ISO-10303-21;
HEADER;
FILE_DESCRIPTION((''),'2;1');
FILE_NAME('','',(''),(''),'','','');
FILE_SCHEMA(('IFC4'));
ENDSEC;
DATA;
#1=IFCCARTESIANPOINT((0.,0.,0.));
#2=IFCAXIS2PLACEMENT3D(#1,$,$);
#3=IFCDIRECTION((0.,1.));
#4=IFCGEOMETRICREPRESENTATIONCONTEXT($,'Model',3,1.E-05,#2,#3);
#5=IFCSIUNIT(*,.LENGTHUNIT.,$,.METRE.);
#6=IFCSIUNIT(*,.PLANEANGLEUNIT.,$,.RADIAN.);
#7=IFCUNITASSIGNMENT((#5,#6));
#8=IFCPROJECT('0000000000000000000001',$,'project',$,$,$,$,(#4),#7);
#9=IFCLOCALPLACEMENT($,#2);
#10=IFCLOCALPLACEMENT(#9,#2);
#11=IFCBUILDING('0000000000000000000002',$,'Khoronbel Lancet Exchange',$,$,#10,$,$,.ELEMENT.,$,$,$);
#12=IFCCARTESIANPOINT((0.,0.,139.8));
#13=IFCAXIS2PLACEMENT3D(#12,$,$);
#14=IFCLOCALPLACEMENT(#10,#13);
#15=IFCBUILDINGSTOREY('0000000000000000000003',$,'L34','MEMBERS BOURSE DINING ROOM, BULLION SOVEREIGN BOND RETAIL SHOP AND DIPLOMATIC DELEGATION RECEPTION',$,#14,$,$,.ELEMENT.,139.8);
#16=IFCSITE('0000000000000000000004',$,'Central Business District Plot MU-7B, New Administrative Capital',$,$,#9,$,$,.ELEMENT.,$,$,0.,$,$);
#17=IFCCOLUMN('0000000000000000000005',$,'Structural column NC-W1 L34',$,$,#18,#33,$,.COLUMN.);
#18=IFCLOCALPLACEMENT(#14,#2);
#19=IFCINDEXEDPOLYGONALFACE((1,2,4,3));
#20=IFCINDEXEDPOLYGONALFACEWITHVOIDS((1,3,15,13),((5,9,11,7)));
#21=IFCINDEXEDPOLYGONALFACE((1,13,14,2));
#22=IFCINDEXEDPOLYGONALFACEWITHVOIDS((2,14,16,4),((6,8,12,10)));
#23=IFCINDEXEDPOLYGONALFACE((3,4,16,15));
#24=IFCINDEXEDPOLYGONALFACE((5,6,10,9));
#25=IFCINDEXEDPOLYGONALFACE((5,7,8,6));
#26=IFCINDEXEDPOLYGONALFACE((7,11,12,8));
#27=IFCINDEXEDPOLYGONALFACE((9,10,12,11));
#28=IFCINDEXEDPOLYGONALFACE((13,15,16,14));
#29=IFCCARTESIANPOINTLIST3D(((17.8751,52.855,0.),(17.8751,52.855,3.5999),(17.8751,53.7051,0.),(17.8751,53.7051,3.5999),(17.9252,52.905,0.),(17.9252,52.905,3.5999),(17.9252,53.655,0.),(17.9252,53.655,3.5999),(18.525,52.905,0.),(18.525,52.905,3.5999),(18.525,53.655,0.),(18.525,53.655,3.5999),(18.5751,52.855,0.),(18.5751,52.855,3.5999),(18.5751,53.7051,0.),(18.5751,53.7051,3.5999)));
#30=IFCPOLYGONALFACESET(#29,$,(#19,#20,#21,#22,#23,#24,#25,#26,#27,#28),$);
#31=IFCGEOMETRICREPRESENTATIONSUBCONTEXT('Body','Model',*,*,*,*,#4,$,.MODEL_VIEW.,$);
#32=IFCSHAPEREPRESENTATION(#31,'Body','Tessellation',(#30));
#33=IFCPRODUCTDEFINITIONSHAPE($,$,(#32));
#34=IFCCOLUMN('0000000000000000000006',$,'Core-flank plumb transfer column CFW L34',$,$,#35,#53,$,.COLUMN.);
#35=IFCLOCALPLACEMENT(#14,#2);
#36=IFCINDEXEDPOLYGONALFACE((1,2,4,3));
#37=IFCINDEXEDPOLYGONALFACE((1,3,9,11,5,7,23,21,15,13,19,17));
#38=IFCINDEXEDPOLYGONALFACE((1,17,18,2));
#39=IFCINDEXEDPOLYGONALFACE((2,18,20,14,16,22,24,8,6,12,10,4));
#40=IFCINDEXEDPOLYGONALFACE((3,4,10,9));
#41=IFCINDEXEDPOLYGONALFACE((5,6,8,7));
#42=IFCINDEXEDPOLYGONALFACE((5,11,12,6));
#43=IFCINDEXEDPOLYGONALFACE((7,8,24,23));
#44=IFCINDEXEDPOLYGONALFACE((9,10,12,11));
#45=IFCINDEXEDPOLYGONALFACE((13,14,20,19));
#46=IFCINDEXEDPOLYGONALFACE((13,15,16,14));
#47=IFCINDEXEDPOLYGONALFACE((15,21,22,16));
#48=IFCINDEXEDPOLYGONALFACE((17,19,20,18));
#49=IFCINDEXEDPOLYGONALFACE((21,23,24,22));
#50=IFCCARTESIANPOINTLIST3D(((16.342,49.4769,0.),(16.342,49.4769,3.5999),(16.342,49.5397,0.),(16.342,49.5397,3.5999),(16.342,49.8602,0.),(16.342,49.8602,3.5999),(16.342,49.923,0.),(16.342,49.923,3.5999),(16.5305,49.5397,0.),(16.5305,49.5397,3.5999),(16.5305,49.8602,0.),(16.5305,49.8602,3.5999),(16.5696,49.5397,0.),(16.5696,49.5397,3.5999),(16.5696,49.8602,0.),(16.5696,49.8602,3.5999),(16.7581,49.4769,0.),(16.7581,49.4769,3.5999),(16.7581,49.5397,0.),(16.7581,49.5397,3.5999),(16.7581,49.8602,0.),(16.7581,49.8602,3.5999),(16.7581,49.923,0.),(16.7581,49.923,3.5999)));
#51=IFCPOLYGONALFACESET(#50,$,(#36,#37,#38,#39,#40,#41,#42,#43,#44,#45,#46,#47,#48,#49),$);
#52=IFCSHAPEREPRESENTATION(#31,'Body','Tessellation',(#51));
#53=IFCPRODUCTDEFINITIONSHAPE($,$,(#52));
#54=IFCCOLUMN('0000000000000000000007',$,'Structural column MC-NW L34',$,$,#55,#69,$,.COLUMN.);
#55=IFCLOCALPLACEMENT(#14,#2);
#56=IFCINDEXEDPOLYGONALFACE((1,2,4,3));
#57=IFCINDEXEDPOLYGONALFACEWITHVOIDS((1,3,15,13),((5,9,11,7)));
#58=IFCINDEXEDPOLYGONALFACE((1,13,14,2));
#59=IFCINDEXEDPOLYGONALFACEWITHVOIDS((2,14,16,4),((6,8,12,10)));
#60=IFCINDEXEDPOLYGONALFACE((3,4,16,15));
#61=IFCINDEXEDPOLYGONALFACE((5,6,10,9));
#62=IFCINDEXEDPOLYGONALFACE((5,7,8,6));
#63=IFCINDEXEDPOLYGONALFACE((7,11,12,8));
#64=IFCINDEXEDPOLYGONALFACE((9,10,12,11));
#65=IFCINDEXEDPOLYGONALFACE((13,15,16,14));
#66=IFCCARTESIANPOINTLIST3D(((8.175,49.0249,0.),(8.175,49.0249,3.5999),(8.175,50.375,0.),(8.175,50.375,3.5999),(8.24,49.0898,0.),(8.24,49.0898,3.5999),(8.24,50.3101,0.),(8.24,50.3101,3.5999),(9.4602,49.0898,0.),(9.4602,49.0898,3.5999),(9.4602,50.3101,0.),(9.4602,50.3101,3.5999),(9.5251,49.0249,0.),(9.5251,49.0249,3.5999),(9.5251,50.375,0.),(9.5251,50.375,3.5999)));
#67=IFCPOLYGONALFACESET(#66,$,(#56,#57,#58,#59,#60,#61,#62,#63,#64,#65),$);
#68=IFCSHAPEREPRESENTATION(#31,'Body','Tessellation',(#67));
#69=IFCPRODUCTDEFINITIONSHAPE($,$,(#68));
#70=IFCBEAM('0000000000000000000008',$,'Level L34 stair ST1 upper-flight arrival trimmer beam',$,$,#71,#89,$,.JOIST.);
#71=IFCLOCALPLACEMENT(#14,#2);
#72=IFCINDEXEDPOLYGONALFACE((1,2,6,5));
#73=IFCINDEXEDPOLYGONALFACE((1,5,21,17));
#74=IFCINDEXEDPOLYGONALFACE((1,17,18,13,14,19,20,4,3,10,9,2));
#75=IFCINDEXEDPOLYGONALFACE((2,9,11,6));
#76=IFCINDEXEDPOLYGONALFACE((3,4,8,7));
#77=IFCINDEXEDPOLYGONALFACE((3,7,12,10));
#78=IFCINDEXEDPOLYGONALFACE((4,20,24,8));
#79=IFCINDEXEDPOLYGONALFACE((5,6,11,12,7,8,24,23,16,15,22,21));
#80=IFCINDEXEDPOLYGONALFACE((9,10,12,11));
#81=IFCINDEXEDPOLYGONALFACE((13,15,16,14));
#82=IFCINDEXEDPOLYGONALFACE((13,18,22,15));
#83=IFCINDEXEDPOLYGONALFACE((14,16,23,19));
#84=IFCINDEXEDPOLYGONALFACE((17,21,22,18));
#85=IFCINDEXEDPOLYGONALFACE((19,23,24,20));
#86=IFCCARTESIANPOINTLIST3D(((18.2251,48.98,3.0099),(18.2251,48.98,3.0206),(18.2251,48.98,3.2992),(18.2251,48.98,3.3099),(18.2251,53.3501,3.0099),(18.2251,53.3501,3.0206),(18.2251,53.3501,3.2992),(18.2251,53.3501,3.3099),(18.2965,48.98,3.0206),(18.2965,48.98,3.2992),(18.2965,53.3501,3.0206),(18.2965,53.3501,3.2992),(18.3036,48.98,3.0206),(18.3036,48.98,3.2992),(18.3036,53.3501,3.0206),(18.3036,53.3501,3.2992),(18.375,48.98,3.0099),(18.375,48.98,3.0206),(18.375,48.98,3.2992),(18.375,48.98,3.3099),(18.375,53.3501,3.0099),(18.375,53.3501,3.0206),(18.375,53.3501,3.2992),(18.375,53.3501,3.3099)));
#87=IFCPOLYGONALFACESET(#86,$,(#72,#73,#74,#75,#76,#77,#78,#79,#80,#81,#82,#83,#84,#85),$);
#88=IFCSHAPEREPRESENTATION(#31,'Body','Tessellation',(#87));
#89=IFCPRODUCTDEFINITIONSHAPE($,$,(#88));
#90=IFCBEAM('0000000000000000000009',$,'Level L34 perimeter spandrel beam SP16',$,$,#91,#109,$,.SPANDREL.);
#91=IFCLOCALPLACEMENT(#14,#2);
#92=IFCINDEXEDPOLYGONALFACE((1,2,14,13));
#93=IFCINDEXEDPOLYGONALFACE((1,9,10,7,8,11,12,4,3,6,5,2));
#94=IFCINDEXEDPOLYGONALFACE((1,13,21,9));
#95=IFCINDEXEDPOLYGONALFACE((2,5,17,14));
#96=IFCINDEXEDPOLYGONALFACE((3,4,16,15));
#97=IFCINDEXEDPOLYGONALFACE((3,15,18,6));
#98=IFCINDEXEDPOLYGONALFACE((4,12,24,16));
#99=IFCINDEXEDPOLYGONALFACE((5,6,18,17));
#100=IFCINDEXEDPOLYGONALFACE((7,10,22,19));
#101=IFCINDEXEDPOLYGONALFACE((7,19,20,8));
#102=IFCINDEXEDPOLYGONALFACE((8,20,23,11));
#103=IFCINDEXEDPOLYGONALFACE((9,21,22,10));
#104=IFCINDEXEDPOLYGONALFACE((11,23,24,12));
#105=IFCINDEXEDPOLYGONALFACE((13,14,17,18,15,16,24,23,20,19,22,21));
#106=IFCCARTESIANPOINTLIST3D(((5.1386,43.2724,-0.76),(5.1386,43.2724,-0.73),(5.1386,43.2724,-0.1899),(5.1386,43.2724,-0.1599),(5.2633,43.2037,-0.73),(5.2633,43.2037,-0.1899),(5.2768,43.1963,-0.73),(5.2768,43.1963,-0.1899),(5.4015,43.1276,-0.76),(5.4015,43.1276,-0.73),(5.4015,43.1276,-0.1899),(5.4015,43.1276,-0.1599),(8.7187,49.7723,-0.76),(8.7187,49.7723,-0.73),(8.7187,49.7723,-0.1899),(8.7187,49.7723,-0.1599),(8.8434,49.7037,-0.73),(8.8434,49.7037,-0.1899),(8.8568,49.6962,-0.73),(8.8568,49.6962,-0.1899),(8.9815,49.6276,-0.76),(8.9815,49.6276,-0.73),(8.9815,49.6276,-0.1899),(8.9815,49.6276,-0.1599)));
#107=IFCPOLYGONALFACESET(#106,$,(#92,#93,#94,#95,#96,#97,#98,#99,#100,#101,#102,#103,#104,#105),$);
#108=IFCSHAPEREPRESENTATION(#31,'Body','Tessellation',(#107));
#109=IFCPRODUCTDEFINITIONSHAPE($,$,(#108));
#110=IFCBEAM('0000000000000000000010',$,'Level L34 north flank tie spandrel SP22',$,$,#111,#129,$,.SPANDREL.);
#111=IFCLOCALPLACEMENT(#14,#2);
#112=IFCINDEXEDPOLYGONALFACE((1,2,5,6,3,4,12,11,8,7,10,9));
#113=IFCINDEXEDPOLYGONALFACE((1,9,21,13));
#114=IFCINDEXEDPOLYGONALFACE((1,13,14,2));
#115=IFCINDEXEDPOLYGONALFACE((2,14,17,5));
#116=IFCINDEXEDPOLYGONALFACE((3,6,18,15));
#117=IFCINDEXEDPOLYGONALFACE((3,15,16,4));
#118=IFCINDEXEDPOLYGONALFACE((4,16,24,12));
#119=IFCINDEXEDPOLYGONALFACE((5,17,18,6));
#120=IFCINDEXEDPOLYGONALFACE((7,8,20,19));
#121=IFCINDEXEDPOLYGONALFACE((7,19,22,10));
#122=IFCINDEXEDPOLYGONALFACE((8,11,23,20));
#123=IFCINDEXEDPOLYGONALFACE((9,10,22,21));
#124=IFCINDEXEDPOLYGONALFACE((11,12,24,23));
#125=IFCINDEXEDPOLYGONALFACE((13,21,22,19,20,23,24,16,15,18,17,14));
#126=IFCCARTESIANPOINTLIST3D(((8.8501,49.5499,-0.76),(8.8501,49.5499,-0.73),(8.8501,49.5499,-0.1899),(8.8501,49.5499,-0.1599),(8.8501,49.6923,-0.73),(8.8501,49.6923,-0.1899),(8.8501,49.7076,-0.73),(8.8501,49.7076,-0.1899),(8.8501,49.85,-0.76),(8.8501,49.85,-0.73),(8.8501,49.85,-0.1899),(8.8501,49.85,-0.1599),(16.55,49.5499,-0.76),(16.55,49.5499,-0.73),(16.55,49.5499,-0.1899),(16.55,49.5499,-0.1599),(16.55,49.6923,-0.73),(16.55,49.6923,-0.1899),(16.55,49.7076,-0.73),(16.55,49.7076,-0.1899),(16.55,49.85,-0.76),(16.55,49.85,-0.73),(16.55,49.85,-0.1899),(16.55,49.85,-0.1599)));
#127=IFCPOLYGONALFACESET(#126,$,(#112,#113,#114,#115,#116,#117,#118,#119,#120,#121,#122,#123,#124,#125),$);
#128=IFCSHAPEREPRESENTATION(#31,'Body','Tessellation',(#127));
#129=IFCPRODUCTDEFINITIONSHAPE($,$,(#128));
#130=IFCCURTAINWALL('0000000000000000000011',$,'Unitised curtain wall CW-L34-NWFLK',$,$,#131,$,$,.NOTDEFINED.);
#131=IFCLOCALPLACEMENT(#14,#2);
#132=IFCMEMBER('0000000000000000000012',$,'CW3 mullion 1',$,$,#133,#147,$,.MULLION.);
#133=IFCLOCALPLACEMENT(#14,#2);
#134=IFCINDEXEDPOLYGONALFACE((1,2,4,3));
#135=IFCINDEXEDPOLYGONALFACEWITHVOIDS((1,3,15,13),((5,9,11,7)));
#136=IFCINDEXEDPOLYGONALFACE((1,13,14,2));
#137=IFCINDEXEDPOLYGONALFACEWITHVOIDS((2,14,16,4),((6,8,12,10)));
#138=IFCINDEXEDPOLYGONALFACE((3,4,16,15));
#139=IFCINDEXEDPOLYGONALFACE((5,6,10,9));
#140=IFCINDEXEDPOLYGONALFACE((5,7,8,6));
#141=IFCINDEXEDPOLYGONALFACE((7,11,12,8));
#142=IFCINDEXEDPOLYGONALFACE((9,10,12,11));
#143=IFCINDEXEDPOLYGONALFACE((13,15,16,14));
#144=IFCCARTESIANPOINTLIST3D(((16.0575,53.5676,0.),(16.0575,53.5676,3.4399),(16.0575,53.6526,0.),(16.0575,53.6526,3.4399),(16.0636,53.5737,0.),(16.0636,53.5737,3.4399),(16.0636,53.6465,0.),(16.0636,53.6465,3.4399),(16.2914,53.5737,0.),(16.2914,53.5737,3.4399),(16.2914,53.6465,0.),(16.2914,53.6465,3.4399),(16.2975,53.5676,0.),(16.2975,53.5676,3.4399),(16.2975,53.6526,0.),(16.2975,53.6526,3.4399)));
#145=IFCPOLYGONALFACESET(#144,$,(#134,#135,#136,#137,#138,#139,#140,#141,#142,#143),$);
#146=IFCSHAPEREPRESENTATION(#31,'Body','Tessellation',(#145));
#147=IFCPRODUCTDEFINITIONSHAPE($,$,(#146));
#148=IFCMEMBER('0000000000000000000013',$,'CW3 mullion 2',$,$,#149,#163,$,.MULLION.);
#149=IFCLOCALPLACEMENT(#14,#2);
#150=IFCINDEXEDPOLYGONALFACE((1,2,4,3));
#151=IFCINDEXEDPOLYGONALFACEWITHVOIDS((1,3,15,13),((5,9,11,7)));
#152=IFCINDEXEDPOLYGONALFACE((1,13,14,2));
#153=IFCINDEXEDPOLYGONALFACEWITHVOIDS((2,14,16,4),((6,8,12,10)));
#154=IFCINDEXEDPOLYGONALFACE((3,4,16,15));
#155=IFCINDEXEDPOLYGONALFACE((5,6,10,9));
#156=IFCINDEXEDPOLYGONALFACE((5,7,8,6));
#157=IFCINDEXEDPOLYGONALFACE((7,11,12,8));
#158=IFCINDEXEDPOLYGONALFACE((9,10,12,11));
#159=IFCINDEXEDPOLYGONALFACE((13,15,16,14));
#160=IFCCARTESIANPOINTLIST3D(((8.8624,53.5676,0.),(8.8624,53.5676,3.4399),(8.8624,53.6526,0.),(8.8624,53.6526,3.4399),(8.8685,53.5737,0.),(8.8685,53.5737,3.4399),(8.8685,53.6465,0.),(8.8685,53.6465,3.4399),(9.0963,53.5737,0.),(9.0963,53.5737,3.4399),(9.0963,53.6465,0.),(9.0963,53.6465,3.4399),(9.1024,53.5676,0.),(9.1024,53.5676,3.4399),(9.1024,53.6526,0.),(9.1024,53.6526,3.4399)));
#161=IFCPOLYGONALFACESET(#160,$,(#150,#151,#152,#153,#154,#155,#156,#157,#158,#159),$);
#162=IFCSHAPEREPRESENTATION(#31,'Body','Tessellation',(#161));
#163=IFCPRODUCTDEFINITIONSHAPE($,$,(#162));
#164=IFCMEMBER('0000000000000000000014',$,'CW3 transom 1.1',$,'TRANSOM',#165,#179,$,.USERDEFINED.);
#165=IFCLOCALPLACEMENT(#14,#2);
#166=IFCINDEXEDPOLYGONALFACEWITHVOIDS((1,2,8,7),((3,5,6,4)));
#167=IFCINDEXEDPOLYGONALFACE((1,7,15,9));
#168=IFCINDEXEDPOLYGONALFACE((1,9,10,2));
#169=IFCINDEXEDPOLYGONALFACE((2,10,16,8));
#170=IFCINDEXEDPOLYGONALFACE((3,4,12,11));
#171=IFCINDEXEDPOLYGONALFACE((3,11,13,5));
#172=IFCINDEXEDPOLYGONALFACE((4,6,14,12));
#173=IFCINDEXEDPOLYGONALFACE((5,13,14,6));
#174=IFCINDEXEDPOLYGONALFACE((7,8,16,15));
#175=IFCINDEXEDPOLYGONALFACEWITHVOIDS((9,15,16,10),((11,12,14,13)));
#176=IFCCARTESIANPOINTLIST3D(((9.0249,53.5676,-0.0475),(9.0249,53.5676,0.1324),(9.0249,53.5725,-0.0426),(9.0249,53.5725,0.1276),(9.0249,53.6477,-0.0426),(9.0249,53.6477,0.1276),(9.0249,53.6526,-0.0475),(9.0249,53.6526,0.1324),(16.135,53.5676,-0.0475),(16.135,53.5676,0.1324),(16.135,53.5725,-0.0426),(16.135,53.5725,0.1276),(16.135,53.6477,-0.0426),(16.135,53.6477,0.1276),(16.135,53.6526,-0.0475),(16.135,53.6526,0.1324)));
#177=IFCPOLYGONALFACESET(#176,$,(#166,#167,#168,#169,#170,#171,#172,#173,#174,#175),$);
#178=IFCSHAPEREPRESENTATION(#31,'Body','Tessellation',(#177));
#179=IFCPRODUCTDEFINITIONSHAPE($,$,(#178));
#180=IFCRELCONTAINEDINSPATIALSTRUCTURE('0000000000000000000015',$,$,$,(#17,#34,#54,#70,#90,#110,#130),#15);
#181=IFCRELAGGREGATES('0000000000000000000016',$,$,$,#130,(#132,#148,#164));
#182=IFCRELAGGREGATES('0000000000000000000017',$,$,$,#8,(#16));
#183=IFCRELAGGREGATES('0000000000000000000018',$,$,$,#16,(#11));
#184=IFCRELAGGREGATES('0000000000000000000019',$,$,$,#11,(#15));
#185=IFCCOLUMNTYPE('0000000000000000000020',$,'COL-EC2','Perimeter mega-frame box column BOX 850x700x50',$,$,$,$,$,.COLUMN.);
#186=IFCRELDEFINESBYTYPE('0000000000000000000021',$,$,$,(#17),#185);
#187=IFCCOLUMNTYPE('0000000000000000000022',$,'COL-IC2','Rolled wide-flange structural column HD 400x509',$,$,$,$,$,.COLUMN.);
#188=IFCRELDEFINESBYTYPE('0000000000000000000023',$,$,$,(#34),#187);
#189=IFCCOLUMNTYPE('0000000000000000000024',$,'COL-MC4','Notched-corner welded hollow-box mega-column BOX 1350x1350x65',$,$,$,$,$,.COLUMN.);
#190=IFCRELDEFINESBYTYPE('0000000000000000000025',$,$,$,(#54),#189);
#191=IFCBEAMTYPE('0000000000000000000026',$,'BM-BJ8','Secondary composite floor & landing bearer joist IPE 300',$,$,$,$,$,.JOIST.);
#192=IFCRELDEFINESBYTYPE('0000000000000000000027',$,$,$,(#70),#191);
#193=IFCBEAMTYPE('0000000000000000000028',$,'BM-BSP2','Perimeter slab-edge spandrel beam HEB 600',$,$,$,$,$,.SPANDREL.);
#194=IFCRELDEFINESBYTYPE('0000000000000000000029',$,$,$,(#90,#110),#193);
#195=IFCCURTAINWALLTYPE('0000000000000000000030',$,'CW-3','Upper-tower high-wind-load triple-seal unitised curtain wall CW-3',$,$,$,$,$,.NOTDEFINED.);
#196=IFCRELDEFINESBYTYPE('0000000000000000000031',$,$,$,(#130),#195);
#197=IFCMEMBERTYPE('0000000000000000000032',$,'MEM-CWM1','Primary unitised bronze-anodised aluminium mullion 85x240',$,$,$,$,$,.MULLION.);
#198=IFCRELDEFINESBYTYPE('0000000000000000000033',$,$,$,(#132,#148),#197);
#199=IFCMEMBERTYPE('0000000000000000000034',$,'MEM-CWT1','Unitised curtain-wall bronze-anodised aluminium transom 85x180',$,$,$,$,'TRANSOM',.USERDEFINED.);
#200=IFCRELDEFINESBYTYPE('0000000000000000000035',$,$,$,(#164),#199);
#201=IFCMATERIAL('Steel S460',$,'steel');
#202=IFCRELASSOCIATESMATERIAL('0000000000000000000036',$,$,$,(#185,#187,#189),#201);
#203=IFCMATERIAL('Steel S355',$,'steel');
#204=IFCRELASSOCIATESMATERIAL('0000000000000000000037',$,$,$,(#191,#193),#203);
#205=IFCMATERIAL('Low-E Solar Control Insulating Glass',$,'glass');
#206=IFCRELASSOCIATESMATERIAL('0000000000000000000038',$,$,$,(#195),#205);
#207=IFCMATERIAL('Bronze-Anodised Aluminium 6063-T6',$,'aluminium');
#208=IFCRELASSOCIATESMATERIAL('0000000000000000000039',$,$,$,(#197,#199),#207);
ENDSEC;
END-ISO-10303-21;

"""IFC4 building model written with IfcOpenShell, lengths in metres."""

from ifc_helpers import new_model, si_unit, direction, frame, origin, origin_2d, place, context, subcontext, project, spatial, hollow_rectangle, i_section, extrude, material, material_profile, profile_set, type_object, element, aggregate, save


model = new_model("IFC4")

# Units and contexts
model_context = context("Model", 3, precision=1e-05, world=origin(), true_north=direction((0.0, 1.0)))
body_context = subcontext(model_context, "Body", "Model", "MODEL_VIEW")
ifc_project = project(units=[si_unit("LENGTHUNIT", "METRE"), si_unit("PLANEANGLEUNIT", "RADIAN")], contexts=[model_context])

# Site, building, storey
site_placement = place(None, origin())
site = spatial("IfcSite", under=ifc_project, at=site_placement, Name="Central Business District Plot MU-7B, New Administrative Capital", CompositionType="ELEMENT", RefElevation=0.0)
building_placement = place(site_placement, origin())
building = spatial("IfcBuilding", under=site, at=building_placement, Name="Khoronbel Lancet Exchange", CompositionType="ELEMENT")
storey_placement = place(building_placement, frame((0.0, 0.0, 139.8)))
storey = spatial("IfcBuildingStorey", under=building, at=storey_placement, Name="L34", Description="MEMBERS BOURSE DINING ROOM, BULLION SOVEREIGN BOND RETAIL SHOP AND DIPLOMATIC DELEGATION RECEPTION", CompositionType="ELEMENT", Elevation=139.8)

# Columns
ifc_material_1 = material(Name="Steel S460", Category="steel")
ifc_material_profile_1 = material_profile(ifc_material_1, hollow_rectangle(XDim=0.7, YDim=0.8501, WallThickness=0.05, at=origin_2d()), Name="BOX 850x700x50")
ifc_profile_set_1 = profile_set([ifc_material_profile_1], Name="Steel S460")
column_type_1 = type_object("IfcColumnType", Name="COL-EC2", Description="Perimeter mega-frame box column BOX 850x700x50", PredefinedType="COLUMN", material=ifc_profile_set_1)
column_1_placement = place(storey_placement, frame((18.2251, 53.28, 0.0), z_axis=(0.0, 0.0, 1.0), x_axis=(1.0, 0.0, 0.0)))
element("IfcColumn", 1, at=column_1_placement, inside=storey, type_object=column_type_1, Name="Structural column NC-W1 L34", PredefinedType="COLUMN", context=body_context, shape_type="SweptSolid", body=[
    extrude(hollow_rectangle(XDim=0.7, YDim=0.8501, WallThickness=0.05, at=origin_2d()), origin(), (0.0, 0.0, 1.0), 3.5999),
])
ifc_material_profile_2 = material_profile(ifc_material_1, i_section(OverallWidth=0.416, OverallDepth=0.446, WebThickness=0.0391, FlangeThickness=0.0627, at=origin_2d()), Name="HD 400x509")
ifc_profile_set_2 = profile_set([ifc_material_profile_2], Name="Steel S460")
column_type_2 = type_object("IfcColumnType", Name="COL-IC2", Description="Rolled wide-flange structural column HD 400x509", PredefinedType="COLUMN", material=ifc_profile_set_2)
column_2_placement = place(storey_placement, frame((16.55, 49.7, 0.0), z_axis=(0.0, 0.0, 1.0), x_axis=(1.0, 0.0, 0.0)))
element("IfcColumn", 2, at=column_2_placement, inside=storey, type_object=column_type_2, Name="Core-flank plumb transfer column CFW L34", PredefinedType="COLUMN", context=body_context, shape_type="SweptSolid", body=[
    extrude(i_section(OverallWidth=0.416, OverallDepth=0.446, WebThickness=0.0391, FlangeThickness=0.0627, at=origin_2d()), origin(), (0.0, 0.0, 1.0), 3.5999),
])
ifc_material_profile_3 = material_profile(ifc_material_1, hollow_rectangle(XDim=1.3501, YDim=1.3501, WallThickness=0.0649, at=origin_2d()), Name="BOX 1350x1350x65")
ifc_profile_set_3 = profile_set([ifc_material_profile_3], Name="Steel S460")
column_type_3 = type_object("IfcColumnType", Name="COL-MC4", Description="Notched-corner welded hollow-box mega-column BOX 1350x1350x65", PredefinedType="COLUMN", material=ifc_profile_set_3)
column_3_placement = place(storey_placement, frame((8.8501, 49.7, 0.0), z_axis=(0.0, 0.0, 1.0), x_axis=(1.0, 0.0, 0.0)))
element("IfcColumn", 3, at=column_3_placement, inside=storey, type_object=column_type_3, Name="Structural column MC-NW L34", PredefinedType="COLUMN", context=body_context, shape_type="SweptSolid", body=[
    extrude(hollow_rectangle(XDim=1.3501, YDim=1.3501, WallThickness=0.0649, at=origin_2d()), origin(), (0.0, 0.0, 1.0), 3.5999),
])

# Beams
ifc_material_2 = material(Name="Steel S355", Category="steel")
ifc_material_profile_4 = material_profile(ifc_material_2, i_section(OverallWidth=0.1499, OverallDepth=0.3, WebThickness=0.0071, FlangeThickness=0.0107, at=origin_2d()), Name="IPE 300")
ifc_profile_set_4 = profile_set([ifc_material_profile_4], Name="Steel S355")
beam_type_1 = type_object("IfcBeamType", Name="BM-BJ8", Description="Secondary composite floor & landing bearer joist IPE 300", PredefinedType="JOIST", material=ifc_profile_set_4)
beam_1_placement = place(storey_placement, frame((18.3, 48.98, 3.1599), z_axis=(0.0, 1.0, 0.0), x_axis=(-1.0, 0.0, 0.0)))
element("IfcBeam", 4, at=beam_1_placement, inside=storey, type_object=beam_type_1, Name="Level L34 stair ST1 upper-flight arrival trimmer beam", PredefinedType="JOIST", context=body_context, shape_type="SweptSolid", body=[
    extrude(i_section(OverallWidth=0.1499, OverallDepth=0.3, WebThickness=0.0071, FlangeThickness=0.0107, at=origin_2d()), origin(), (0.0, 0.0, 1.0), 4.3701),
])
ifc_material_profile_5 = material_profile(ifc_material_2, i_section(OverallWidth=0.3, OverallDepth=0.6001, WebThickness=0.0154, FlangeThickness=0.03, at=origin_2d()), Name="HEB 600")
ifc_profile_set_5 = profile_set([ifc_material_profile_5], Name="Steel S355")
beam_type_2 = type_object("IfcBeamType", Name="BM-BSP2", Description="Perimeter slab-edge spandrel beam HEB 600", PredefinedType="SPANDREL", material=ifc_profile_set_5)
beam_2_placement = place(storey_placement, frame((8.8501, 49.7, -0.46), z_axis=(-0.482444, -0.875927, 0.0), x_axis=(0.875927, -0.482444, 0.0)))
element("IfcBeam", 5, at=beam_2_placement, inside=storey, type_object=beam_type_2, Name="Level L34 perimeter spandrel beam SP16", PredefinedType="SPANDREL", context=body_context, shape_type="SweptSolid", body=[
    extrude(i_section(OverallWidth=0.3, OverallDepth=0.6001, WebThickness=0.0154, FlangeThickness=0.03, at=origin_2d()), origin(), (0.0, 0.0, 1.0), 7.4207),
])
beam_3_placement = place(storey_placement, frame((8.8501, 49.7, -0.46), z_axis=(1.0, 0.0, 0.0), x_axis=(0.0, 1.0, 0.0)))
element("IfcBeam", 6, at=beam_3_placement, inside=storey, type_object=beam_type_2, Name="Level L34 north flank tie spandrel SP22", PredefinedType="SPANDREL", context=body_context, shape_type="SweptSolid", body=[
    extrude(i_section(OverallWidth=0.3, OverallDepth=0.6001, WebThickness=0.0154, FlangeThickness=0.03, at=origin_2d()), origin(), (0.0, 0.0, 1.0), 7.7),
])

# Curtain wall, members
ifc_material_3 = material(Name="Low-E Solar Control Insulating Glass", Category="glass")
curtain_wall_type = type_object("IfcCurtainWallType", Name="CW-3", Description="Upper-tower high-wind-load triple-seal unitised curtain wall CW-3", PredefinedType="NOTDEFINED", material=ifc_material_3)
curtain_wall_placement = place(storey_placement, origin())
curtain_wall = element("IfcCurtainWall", 7, at=curtain_wall_placement, inside=storey, type_object=curtain_wall_type, Name="Unitised curtain wall CW-L34-NWFLK", PredefinedType="NOTDEFINED")
ifc_material_4 = material(Name="Bronze-Anodised Aluminium 6063-T6", Category="aluminium")
ifc_material_profile_6 = material_profile(ifc_material_4, hollow_rectangle(XDim=0.085, YDim=0.24, WallThickness=0.0061, at=origin_2d()), Name="ALU MULLION 85x240")
ifc_profile_set_6 = profile_set([ifc_material_profile_6], Name="Bronze-Anodised Aluminium 6063-T6")
member_type_1 = type_object("IfcMemberType", Name="MEM-CWM1", Description="Primary unitised bronze-anodised aluminium mullion 85x240", PredefinedType="MULLION", material=ifc_profile_set_6)
member_1_placement = place(storey_placement, frame((16.1775, 53.6101, 0.0), z_axis=(0.0, 0.0, 1.0), x_axis=(0.0, -1.0, 0.0)))
member_1 = element("IfcMember", 8, at=member_1_placement, type_object=member_type_1, Name="CW3 mullion 1", PredefinedType="MULLION", context=body_context, shape_type="SweptSolid", body=[
    extrude(hollow_rectangle(XDim=0.085, YDim=0.24, WallThickness=0.0061, at=origin_2d()), origin(), (0.0, 0.0, 1.0), 3.4399),
])
member_2_placement = place(storey_placement, frame((8.9824, 53.6101, 0.0), z_axis=(0.0, 0.0, 1.0), x_axis=(0.0, -1.0, 0.0)))
member_2 = element("IfcMember", 9, at=member_2_placement, type_object=member_type_1, Name="CW3 mullion 2", PredefinedType="MULLION", context=body_context, shape_type="SweptSolid", body=[
    extrude(hollow_rectangle(XDim=0.085, YDim=0.24, WallThickness=0.0061, at=origin_2d()), origin(), (0.0, 0.0, 1.0), 3.4399),
])
ifc_material_profile_7 = material_profile(ifc_material_4, hollow_rectangle(XDim=0.085, YDim=0.1799, WallThickness=0.0049, at=origin_2d()), Name="ALU TRANSOM 85x180")
ifc_profile_set_7 = profile_set([ifc_material_profile_7], Name="Bronze-Anodised Aluminium 6063-T6")
member_type_2 = type_object("IfcMemberType", Name="MEM-CWT1", Description="Unitised curtain-wall bronze-anodised aluminium transom 85x180", ElementType="TRANSOM", PredefinedType="USERDEFINED", material=ifc_profile_set_7)
member_3_placement = place(storey_placement, frame((16.135, 53.6101, 0.0425), z_axis=(-1.0, 0.0, 0.0), x_axis=(0.0, -1.0, 0.0)))
member_3 = element("IfcMember", 10, at=member_3_placement, type_object=member_type_2, Name="CW3 transom 1.1", ObjectType="TRANSOM", PredefinedType="USERDEFINED", context=body_context, shape_type="SweptSolid", body=[
    extrude(hollow_rectangle(XDim=0.085, YDim=0.1799, WallThickness=0.0049, at=origin_2d()), origin(), (0.0, 0.0, 1.0), 7.1101),
])
aggregate(curtain_wall, [member_1, member_2, member_3])

save(model, "model.ifc")
